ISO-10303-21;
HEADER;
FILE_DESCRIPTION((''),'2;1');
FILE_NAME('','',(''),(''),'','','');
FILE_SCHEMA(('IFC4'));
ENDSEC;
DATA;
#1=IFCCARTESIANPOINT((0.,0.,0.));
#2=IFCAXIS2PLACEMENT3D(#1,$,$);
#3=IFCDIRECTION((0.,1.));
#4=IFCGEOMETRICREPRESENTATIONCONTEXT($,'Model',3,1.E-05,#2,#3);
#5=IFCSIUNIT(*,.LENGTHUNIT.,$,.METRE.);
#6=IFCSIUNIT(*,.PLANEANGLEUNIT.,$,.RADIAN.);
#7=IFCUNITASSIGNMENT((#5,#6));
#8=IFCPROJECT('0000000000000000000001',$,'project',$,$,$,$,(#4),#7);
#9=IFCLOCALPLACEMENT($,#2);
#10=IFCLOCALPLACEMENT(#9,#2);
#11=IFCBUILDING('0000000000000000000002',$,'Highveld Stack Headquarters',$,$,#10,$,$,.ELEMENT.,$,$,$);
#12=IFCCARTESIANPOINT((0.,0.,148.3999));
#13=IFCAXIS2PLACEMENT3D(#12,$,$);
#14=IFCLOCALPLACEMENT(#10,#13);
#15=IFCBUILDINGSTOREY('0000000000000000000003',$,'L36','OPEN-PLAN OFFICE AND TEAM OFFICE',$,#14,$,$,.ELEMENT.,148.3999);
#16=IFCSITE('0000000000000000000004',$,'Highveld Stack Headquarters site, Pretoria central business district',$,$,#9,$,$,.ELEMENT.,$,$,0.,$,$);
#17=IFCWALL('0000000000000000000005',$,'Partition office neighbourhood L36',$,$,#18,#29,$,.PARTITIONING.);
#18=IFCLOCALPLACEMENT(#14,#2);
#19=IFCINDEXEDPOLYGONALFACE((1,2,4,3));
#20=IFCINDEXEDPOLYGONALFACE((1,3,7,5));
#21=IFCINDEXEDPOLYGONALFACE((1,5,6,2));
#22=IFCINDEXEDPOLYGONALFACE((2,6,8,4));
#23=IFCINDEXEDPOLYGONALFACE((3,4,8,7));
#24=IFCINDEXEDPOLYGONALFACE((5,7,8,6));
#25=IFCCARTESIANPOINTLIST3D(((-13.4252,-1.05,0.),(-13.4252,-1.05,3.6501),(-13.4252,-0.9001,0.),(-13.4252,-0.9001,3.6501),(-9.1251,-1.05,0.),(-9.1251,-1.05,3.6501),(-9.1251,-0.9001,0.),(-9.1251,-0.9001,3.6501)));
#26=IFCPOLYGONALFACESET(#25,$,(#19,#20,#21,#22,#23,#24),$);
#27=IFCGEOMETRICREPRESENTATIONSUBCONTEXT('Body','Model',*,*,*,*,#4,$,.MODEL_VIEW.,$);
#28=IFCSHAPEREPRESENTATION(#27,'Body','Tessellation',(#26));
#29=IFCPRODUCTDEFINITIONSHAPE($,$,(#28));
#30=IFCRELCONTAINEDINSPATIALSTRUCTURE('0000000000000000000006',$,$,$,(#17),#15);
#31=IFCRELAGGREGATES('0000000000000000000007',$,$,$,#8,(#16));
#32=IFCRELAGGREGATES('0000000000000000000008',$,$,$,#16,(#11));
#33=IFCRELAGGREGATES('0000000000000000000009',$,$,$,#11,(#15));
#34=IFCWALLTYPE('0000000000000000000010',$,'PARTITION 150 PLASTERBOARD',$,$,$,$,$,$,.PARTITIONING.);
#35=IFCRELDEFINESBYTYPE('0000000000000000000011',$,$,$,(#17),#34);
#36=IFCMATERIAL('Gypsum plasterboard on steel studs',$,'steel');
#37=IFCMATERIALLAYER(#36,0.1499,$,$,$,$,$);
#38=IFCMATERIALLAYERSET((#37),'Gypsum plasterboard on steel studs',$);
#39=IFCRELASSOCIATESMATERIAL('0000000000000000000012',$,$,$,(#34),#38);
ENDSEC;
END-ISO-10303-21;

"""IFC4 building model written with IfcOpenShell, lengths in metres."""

from ifc_helpers import new_model, si_unit, direction, frame, frame_2d, origin, place, context, subcontext, project, spatial, rectangle, extrude, material, layer, layer_set, type_object, element, save


model = new_model("IFC4")

# Units and contexts
model_context = context("Model", 3, precision=1e-05, world=origin(), true_north=direction((0.0, 1.0)))
body_context = subcontext(model_context, "Body", "Model", "MODEL_VIEW")
ifc_project = project(units=[si_unit("LENGTHUNIT", "METRE"), si_unit("PLANEANGLEUNIT", "RADIAN")], contexts=[model_context])

# Site, building, storey
site_placement = place(None, origin())
site = spatial("IfcSite", under=ifc_project, at=site_placement, Name="Highveld Stack Headquarters site, Pretoria central business district", CompositionType="ELEMENT", RefElevation=0.0)
building_placement = place(site_placement, origin())
building = spatial("IfcBuilding", under=site, at=building_placement, Name="Highveld Stack Headquarters", CompositionType="ELEMENT")
storey_placement = place(building_placement, frame((0.0, 0.0, 148.3999)))
storey = spatial("IfcBuildingStorey", under=building, at=storey_placement, Name="L36", Description="OPEN-PLAN OFFICE AND TEAM OFFICE", CompositionType="ELEMENT", Elevation=148.3999)

# Shared definitions
ifc_material_1 = material(Name="Gypsum plasterboard on steel studs", Category="steel")
ifc_layer_1 = layer(ifc_material_1, 0.1499)
ifc_layer_set_1 = layer_set([ifc_layer_1], Name="Gypsum plasterboard on steel studs")
wall_type = type_object("IfcWallType", Name="PARTITION 150 PLASTERBOARD", PredefinedType="PARTITIONING", material=ifc_layer_set_1)

# Wall
wall_1_placement = place(storey_placement, frame((-13.425, -0.9751, 0.0), z_axis=(0.0, 0.0, 1.0), x_axis=(1.0, 0.0, 0.0)))
element("IfcWall", 1, at=wall_1_placement, inside=storey, type_object=wall_type, Name="Partition office neighbourhood L36", PredefinedType="PARTITIONING", context=body_context, shape_type="SweptSolid", body=[
    extrude(rectangle(XDim=4.3, YDim=0.1499, at=frame_2d((2.1499, 0.0))), origin(), (0.0, 0.0, 1.0), 3.6501),
])

save(model, "model.ifc")
